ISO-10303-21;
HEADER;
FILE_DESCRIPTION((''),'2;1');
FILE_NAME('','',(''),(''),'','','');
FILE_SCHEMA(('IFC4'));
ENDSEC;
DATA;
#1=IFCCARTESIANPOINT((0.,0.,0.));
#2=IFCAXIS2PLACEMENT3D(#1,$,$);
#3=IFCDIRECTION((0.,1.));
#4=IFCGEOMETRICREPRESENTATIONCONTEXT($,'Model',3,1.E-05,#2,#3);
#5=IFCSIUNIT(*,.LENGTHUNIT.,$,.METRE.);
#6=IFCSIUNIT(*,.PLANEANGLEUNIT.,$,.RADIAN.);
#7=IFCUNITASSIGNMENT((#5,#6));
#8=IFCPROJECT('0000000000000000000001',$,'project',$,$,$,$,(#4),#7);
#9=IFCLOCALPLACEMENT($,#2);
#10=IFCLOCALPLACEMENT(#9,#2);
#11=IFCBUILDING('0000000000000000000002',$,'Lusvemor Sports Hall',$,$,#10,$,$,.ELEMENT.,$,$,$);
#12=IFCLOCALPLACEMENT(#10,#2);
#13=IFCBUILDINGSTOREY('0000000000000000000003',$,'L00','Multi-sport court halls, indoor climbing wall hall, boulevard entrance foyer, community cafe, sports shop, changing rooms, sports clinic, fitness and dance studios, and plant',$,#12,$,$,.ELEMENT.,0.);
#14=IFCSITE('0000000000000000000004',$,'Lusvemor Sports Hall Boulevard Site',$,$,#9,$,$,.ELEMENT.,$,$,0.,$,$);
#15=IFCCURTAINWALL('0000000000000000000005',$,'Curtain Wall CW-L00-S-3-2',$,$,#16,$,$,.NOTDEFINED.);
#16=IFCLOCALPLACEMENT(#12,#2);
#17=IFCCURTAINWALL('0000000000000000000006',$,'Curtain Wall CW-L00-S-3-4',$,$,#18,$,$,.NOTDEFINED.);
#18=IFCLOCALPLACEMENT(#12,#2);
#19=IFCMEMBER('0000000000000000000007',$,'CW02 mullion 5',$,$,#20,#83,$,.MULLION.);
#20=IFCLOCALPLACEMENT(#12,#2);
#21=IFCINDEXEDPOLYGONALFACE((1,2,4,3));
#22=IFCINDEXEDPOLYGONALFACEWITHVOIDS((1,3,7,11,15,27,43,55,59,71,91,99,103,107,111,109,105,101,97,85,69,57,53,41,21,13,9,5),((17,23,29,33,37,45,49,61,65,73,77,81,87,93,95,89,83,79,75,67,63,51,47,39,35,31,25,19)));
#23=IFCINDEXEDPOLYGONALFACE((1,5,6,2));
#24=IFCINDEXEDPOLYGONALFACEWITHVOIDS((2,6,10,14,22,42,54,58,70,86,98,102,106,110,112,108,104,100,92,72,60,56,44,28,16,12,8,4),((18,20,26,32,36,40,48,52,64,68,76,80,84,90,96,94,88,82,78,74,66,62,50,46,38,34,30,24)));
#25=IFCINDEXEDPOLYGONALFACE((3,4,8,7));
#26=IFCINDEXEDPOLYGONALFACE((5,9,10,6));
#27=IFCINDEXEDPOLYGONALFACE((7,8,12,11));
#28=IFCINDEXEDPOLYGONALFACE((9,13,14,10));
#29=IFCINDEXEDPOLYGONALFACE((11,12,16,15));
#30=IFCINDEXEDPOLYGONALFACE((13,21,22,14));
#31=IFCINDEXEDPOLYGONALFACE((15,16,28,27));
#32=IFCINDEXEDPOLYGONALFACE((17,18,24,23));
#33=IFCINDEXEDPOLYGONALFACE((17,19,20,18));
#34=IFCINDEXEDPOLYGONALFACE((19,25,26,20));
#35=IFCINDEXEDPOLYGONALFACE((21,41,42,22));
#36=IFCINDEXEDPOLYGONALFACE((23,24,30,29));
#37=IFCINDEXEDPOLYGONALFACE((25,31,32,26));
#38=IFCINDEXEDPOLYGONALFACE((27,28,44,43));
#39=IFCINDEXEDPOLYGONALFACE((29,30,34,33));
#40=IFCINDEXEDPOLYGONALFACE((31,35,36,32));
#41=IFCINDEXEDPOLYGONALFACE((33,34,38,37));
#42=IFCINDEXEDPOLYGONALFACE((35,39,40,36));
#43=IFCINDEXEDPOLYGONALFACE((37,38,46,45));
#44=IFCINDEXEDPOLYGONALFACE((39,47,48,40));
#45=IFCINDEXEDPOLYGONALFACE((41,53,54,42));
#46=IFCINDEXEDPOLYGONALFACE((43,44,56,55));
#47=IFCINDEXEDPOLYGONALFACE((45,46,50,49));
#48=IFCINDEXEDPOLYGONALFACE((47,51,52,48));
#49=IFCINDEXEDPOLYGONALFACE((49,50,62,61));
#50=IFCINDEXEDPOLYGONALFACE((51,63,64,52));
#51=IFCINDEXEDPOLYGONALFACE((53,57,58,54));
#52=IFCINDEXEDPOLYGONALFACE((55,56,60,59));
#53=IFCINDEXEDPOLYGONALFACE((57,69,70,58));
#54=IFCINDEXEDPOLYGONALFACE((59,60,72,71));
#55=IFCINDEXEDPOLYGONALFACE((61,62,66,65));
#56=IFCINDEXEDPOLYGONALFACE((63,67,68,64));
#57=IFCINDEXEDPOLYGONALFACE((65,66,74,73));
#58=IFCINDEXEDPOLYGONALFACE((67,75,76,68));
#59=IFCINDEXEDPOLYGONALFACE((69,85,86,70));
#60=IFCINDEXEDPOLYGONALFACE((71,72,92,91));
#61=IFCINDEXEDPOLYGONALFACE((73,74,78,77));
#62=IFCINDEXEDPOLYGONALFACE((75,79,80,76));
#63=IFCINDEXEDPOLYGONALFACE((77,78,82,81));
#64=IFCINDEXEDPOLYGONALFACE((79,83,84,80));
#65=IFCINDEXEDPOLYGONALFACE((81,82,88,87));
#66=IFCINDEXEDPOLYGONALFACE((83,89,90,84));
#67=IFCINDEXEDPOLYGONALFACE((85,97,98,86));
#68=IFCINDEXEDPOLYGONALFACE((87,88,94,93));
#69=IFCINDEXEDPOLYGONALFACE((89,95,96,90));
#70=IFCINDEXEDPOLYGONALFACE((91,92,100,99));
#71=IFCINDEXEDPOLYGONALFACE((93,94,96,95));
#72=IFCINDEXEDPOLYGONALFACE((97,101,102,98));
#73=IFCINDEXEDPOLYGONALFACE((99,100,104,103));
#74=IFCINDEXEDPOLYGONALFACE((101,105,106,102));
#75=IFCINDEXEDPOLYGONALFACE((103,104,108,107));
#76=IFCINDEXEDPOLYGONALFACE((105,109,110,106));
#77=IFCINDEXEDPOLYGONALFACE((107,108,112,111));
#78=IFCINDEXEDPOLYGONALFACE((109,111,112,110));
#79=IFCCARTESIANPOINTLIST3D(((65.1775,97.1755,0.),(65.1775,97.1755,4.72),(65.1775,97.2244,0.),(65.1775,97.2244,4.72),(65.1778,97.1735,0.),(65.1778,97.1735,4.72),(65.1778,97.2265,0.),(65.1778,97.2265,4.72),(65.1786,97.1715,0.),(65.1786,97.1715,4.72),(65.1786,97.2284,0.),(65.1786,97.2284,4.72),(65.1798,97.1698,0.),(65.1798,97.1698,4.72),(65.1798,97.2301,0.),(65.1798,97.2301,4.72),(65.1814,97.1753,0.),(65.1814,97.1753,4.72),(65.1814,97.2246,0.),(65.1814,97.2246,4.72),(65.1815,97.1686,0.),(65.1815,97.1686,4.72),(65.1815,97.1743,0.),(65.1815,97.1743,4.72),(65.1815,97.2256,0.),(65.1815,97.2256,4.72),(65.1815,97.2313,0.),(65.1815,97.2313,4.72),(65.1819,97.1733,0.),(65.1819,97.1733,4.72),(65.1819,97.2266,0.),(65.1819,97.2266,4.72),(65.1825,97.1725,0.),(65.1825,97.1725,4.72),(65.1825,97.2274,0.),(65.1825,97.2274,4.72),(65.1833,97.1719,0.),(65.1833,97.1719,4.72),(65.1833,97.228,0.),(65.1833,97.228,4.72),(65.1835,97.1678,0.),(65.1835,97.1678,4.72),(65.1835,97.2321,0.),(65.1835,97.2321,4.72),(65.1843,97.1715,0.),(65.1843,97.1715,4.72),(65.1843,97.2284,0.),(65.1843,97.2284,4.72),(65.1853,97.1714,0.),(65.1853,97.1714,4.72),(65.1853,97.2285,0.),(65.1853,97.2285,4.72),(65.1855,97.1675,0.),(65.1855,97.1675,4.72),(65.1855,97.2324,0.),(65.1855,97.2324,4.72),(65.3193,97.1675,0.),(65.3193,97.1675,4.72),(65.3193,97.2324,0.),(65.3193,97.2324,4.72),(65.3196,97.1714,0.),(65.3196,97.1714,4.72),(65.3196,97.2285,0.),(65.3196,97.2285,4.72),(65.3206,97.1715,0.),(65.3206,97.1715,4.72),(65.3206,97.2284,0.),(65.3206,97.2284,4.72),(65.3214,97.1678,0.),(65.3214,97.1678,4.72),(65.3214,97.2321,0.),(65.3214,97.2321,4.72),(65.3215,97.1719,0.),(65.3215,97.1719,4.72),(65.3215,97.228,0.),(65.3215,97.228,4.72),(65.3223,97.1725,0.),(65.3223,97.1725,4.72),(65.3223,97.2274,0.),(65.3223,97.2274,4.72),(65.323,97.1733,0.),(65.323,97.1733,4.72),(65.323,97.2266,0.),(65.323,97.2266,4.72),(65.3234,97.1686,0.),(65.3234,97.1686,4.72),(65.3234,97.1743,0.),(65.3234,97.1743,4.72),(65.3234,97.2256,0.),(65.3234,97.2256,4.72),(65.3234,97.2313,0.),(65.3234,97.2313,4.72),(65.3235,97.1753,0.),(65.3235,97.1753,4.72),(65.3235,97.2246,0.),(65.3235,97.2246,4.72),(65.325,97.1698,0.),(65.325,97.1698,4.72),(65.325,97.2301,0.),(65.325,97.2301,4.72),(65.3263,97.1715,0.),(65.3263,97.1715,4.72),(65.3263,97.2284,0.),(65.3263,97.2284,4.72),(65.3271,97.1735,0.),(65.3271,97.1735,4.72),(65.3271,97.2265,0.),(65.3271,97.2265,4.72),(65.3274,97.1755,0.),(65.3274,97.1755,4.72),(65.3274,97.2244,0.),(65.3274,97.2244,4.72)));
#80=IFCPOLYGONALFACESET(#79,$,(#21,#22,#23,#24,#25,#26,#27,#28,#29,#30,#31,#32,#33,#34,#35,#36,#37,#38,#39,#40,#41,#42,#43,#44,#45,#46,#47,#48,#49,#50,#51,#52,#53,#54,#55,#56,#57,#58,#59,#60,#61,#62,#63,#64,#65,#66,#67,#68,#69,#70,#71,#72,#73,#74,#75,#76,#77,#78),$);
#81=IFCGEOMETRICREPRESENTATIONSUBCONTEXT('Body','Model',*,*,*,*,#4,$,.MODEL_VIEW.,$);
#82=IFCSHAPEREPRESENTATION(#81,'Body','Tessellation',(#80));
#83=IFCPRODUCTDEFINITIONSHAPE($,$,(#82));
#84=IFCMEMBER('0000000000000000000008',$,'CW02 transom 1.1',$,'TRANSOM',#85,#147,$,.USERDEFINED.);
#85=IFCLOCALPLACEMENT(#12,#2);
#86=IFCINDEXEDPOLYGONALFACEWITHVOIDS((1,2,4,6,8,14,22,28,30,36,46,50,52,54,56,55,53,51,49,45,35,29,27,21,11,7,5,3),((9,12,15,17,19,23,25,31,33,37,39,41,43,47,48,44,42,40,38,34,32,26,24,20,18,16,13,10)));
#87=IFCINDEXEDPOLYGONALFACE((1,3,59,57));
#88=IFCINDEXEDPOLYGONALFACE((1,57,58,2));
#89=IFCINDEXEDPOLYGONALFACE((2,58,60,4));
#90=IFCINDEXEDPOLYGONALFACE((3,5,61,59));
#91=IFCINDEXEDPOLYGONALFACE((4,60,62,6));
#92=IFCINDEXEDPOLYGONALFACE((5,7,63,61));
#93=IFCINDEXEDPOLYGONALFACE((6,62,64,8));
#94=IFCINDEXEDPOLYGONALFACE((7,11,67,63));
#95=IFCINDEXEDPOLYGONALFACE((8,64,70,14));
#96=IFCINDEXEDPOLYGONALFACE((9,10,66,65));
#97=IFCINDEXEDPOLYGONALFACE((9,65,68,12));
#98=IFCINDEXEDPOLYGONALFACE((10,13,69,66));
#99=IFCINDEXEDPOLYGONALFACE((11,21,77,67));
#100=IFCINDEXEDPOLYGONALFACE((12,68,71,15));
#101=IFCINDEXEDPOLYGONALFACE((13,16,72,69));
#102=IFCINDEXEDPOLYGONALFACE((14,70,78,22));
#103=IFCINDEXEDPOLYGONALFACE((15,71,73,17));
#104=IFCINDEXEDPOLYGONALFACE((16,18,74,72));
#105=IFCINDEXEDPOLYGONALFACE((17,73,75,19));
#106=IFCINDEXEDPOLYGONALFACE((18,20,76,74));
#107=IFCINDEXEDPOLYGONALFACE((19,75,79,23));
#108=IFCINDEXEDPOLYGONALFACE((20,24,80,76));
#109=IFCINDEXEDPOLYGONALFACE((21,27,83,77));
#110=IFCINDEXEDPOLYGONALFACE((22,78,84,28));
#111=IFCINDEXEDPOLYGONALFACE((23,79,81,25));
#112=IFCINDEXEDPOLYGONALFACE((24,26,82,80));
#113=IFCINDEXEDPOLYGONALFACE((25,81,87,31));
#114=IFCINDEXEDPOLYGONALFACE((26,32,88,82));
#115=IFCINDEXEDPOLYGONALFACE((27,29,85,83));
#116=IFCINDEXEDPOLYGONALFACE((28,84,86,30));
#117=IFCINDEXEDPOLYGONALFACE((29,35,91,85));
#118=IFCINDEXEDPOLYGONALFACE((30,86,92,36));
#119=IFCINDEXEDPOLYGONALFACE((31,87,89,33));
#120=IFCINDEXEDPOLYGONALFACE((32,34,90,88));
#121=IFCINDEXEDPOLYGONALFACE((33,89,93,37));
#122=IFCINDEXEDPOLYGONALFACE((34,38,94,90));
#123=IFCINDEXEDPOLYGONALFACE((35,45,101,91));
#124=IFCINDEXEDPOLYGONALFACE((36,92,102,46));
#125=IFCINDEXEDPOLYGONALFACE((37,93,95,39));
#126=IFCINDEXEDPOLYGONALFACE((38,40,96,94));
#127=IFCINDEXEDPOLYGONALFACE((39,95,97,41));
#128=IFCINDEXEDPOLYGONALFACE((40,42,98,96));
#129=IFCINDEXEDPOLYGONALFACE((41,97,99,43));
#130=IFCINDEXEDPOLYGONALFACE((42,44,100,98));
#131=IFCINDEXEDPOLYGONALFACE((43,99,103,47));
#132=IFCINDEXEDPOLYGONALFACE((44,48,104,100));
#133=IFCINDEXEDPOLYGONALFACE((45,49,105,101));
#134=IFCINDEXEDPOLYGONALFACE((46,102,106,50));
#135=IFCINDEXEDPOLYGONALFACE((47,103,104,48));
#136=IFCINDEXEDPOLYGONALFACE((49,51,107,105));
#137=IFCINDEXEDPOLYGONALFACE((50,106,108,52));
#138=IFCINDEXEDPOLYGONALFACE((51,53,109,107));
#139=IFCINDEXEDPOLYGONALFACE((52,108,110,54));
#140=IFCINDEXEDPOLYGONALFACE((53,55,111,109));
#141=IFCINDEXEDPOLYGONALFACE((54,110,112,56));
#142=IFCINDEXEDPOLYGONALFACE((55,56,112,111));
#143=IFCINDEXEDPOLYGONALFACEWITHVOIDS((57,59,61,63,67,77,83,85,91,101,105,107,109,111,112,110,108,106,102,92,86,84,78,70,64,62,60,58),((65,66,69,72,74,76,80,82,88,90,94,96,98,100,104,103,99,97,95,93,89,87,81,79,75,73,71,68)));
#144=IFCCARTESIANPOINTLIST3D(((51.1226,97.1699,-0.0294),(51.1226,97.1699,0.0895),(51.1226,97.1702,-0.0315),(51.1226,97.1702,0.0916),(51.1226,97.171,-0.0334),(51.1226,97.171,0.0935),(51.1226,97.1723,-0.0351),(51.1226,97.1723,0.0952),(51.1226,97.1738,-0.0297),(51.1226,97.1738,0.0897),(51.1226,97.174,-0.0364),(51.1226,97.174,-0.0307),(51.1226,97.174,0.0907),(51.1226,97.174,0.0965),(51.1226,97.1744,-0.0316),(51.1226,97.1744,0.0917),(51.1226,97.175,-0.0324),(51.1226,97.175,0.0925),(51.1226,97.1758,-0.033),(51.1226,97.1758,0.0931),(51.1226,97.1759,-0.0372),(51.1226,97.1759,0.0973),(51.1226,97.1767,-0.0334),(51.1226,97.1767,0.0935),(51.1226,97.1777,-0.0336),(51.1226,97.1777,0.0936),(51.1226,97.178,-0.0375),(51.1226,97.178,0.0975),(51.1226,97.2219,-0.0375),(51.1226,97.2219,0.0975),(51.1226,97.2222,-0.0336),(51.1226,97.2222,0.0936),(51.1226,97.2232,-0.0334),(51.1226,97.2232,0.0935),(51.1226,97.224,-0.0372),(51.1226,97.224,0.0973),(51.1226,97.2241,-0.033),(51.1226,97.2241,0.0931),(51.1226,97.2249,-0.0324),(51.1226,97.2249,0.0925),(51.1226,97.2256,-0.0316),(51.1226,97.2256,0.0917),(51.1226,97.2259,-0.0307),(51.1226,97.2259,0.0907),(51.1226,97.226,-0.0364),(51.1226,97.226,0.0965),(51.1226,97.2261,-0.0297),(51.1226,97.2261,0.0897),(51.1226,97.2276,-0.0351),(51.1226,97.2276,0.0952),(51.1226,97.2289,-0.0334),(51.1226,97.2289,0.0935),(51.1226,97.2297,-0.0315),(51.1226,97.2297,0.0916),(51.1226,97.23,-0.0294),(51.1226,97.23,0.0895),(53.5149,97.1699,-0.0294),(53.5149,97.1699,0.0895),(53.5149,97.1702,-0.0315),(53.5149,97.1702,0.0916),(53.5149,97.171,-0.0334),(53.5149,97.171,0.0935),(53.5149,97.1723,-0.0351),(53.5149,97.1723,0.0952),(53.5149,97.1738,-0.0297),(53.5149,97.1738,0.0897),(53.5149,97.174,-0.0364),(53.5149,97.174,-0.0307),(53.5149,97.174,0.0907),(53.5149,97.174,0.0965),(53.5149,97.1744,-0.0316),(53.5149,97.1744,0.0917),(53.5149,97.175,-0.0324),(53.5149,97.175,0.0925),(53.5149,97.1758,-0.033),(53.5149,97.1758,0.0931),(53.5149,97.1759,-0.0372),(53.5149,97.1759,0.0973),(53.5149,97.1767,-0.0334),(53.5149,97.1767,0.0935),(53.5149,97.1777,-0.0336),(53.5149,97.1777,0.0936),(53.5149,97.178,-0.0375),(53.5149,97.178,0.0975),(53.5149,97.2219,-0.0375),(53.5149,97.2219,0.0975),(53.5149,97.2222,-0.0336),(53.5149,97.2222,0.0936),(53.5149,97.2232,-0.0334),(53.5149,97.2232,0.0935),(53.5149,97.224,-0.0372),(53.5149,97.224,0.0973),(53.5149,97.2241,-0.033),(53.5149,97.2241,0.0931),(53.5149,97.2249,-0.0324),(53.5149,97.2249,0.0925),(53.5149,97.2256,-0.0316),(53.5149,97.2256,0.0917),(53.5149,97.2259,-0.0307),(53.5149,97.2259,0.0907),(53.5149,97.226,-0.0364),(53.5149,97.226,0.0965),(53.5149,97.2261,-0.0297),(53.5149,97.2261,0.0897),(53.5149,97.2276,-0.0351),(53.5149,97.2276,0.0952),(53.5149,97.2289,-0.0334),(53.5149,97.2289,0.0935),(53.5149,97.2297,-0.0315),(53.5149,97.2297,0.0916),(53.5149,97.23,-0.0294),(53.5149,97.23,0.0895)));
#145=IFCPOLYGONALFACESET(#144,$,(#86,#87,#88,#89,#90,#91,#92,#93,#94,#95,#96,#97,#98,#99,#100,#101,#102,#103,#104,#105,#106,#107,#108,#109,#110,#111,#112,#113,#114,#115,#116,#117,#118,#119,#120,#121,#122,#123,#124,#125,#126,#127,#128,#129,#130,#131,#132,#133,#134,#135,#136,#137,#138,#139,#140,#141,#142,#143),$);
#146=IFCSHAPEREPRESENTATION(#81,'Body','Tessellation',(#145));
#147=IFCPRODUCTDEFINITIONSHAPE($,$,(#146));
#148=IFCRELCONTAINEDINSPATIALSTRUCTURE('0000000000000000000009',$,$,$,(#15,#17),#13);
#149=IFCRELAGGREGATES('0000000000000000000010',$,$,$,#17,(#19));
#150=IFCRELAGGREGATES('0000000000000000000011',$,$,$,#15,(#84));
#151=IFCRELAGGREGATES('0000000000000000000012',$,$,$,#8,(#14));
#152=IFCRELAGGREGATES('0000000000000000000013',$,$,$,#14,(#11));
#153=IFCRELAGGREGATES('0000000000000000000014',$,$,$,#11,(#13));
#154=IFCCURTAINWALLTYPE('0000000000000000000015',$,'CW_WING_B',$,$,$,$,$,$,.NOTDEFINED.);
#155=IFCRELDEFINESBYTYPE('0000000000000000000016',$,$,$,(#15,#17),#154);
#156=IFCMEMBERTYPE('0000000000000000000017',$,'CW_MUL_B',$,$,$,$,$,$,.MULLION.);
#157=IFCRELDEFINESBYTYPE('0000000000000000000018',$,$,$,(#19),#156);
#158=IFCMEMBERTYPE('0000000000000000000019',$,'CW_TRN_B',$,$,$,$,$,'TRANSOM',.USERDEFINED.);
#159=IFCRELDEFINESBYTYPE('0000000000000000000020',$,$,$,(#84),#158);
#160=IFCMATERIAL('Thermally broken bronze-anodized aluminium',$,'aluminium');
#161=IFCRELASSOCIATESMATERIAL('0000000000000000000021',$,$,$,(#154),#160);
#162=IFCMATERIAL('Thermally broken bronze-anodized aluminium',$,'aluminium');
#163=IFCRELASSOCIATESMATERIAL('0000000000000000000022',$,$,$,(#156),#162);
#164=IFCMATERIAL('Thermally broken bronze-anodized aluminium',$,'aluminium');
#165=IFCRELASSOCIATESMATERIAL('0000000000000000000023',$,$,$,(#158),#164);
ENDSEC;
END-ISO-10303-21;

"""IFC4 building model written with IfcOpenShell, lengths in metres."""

from ifc_helpers import new_model, si_unit, direction, frame, origin, origin_2d, place, context, subcontext, project, spatial, hollow_rectangle, extrude, material, material_profile, profile_set, type_object, element, aggregate, save


model = new_model("IFC4")

# Units and contexts
model_context = context("Model", 3, precision=1e-05, world=origin(), true_north=direction((0.0, 1.0)))
body_context = subcontext(model_context, "Body", "Model", "MODEL_VIEW")
ifc_project = project(units=[si_unit("LENGTHUNIT", "METRE"), si_unit("PLANEANGLEUNIT", "RADIAN")], contexts=[model_context])

# Site, building, storey
site_placement = place(None, origin())
site = spatial("IfcSite", under=ifc_project, at=site_placement, Name="Lusvemor Sports Hall Boulevard Site", CompositionType="ELEMENT", RefElevation=0.0)
building_placement = place(site_placement, origin())
building = spatial("IfcBuilding", under=site, at=building_placement, Name="Lusvemor Sports Hall", CompositionType="ELEMENT")
storey_placement = place(building_placement, origin())
storey = spatial("IfcBuildingStorey", under=building, at=storey_placement, Name="L00", Description="Multi-sport court halls, indoor climbing wall hall, boulevard entrance foyer, community cafe, sports shop, changing rooms, sports clinic, fitness and dance studios, and plant", CompositionType="ELEMENT", Elevation=0.0)

# Curtain wall
ifc_material_1 = material(Name="Thermally broken bronze-anodized aluminium", Category="aluminium")
curtain_wall_type = type_object("IfcCurtainWallType", Name="CW_WING_B", PredefinedType="NOTDEFINED", material=ifc_material_1)
curtain_wall_1_placement = place(storey_placement, origin())
curtain_wall_1 = element("IfcCurtainWall", 1, at=curtain_wall_1_placement, inside=storey, type_object=curtain_wall_type, Name="Curtain Wall CW-L00-S-3-2", PredefinedType="NOTDEFINED")
ifc_material_2 = material(Name="Thermally broken bronze-anodized aluminium", Category="aluminium")
ifc_material_profile_1 = material_profile(ifc_material_2, hollow_rectangle(XDim=0.0649, YDim=0.1499, WallThickness=0.0039, InnerFilletRadius=0.0039, OuterFilletRadius=0.0081, at=origin_2d()), Name="CWMUL150x65x4")
ifc_profile_set_1 = profile_set([ifc_material_profile_1], Name="Thermally broken bronze-anodized aluminium")
member_type_1 = type_object("IfcMemberType", Name="CW_MUL_B", PredefinedType="MULLION", material=ifc_profile_set_1)

# Curtain wall, member
curtain_wall_2_placement = place(storey_placement, origin())
curtain_wall_2 = element("IfcCurtainWall", 2, at=curtain_wall_2_placement, inside=storey, type_object=curtain_wall_type, Name="Curtain Wall CW-L00-S-3-4", PredefinedType="NOTDEFINED")
member_1_placement = place(storey_placement, frame((65.2524, 97.2, 0.0), z_axis=(0.0, 0.0, 1.0), x_axis=(0.0, -1.0, 0.0)))
member_1 = element("IfcMember", 3, at=member_1_placement, type_object=member_type_1, Name="CW02 mullion 5", PredefinedType="MULLION", context=body_context, shape_type="SweptSolid", body=[
    extrude(hollow_rectangle(XDim=0.0649, YDim=0.1499, WallThickness=0.0039, InnerFilletRadius=0.0039, OuterFilletRadius=0.0081, at=origin_2d()), origin(), (0.0, 0.0, 1.0), 4.72),
])
aggregate(curtain_wall_2, [member_1])

# Member
ifc_material_3 = material(Name="Thermally broken bronze-anodized aluminium", Category="aluminium")
ifc_material_profile_2 = material_profile(ifc_material_3, hollow_rectangle(XDim=0.0601, YDim=0.135, WallThickness=0.0039, InnerFilletRadius=0.0039, OuterFilletRadius=0.0081, at=origin_2d()), Name="CWTRN135x60x4")
ifc_profile_set_2 = profile_set([ifc_material_profile_2], Name="Thermally broken bronze-anodized aluminium")
member_type_2 = type_object("IfcMemberType", Name="CW_TRN_B", ElementType="TRANSOM", PredefinedType="USERDEFINED", material=ifc_profile_set_2)
member_2_placement = place(storey_placement, frame((53.5149, 97.2, 0.03), z_axis=(-1.0, 0.0, 0.0), x_axis=(0.0, -1.0, 0.0)))
member_2 = element("IfcMember", 4, at=member_2_placement, type_object=member_type_2, Name="CW02 transom 1.1", ObjectType="TRANSOM", PredefinedType="USERDEFINED", context=body_context, shape_type="SweptSolid", body=[
    extrude(hollow_rectangle(XDim=0.0601, YDim=0.135, WallThickness=0.0039, InnerFilletRadius=0.0039, OuterFilletRadius=0.0081, at=origin_2d()), origin(), (0.0, 0.0, 1.0), 2.3923),
])

aggregate(curtain_wall_1, [member_2])

save(model, "model.ifc")
